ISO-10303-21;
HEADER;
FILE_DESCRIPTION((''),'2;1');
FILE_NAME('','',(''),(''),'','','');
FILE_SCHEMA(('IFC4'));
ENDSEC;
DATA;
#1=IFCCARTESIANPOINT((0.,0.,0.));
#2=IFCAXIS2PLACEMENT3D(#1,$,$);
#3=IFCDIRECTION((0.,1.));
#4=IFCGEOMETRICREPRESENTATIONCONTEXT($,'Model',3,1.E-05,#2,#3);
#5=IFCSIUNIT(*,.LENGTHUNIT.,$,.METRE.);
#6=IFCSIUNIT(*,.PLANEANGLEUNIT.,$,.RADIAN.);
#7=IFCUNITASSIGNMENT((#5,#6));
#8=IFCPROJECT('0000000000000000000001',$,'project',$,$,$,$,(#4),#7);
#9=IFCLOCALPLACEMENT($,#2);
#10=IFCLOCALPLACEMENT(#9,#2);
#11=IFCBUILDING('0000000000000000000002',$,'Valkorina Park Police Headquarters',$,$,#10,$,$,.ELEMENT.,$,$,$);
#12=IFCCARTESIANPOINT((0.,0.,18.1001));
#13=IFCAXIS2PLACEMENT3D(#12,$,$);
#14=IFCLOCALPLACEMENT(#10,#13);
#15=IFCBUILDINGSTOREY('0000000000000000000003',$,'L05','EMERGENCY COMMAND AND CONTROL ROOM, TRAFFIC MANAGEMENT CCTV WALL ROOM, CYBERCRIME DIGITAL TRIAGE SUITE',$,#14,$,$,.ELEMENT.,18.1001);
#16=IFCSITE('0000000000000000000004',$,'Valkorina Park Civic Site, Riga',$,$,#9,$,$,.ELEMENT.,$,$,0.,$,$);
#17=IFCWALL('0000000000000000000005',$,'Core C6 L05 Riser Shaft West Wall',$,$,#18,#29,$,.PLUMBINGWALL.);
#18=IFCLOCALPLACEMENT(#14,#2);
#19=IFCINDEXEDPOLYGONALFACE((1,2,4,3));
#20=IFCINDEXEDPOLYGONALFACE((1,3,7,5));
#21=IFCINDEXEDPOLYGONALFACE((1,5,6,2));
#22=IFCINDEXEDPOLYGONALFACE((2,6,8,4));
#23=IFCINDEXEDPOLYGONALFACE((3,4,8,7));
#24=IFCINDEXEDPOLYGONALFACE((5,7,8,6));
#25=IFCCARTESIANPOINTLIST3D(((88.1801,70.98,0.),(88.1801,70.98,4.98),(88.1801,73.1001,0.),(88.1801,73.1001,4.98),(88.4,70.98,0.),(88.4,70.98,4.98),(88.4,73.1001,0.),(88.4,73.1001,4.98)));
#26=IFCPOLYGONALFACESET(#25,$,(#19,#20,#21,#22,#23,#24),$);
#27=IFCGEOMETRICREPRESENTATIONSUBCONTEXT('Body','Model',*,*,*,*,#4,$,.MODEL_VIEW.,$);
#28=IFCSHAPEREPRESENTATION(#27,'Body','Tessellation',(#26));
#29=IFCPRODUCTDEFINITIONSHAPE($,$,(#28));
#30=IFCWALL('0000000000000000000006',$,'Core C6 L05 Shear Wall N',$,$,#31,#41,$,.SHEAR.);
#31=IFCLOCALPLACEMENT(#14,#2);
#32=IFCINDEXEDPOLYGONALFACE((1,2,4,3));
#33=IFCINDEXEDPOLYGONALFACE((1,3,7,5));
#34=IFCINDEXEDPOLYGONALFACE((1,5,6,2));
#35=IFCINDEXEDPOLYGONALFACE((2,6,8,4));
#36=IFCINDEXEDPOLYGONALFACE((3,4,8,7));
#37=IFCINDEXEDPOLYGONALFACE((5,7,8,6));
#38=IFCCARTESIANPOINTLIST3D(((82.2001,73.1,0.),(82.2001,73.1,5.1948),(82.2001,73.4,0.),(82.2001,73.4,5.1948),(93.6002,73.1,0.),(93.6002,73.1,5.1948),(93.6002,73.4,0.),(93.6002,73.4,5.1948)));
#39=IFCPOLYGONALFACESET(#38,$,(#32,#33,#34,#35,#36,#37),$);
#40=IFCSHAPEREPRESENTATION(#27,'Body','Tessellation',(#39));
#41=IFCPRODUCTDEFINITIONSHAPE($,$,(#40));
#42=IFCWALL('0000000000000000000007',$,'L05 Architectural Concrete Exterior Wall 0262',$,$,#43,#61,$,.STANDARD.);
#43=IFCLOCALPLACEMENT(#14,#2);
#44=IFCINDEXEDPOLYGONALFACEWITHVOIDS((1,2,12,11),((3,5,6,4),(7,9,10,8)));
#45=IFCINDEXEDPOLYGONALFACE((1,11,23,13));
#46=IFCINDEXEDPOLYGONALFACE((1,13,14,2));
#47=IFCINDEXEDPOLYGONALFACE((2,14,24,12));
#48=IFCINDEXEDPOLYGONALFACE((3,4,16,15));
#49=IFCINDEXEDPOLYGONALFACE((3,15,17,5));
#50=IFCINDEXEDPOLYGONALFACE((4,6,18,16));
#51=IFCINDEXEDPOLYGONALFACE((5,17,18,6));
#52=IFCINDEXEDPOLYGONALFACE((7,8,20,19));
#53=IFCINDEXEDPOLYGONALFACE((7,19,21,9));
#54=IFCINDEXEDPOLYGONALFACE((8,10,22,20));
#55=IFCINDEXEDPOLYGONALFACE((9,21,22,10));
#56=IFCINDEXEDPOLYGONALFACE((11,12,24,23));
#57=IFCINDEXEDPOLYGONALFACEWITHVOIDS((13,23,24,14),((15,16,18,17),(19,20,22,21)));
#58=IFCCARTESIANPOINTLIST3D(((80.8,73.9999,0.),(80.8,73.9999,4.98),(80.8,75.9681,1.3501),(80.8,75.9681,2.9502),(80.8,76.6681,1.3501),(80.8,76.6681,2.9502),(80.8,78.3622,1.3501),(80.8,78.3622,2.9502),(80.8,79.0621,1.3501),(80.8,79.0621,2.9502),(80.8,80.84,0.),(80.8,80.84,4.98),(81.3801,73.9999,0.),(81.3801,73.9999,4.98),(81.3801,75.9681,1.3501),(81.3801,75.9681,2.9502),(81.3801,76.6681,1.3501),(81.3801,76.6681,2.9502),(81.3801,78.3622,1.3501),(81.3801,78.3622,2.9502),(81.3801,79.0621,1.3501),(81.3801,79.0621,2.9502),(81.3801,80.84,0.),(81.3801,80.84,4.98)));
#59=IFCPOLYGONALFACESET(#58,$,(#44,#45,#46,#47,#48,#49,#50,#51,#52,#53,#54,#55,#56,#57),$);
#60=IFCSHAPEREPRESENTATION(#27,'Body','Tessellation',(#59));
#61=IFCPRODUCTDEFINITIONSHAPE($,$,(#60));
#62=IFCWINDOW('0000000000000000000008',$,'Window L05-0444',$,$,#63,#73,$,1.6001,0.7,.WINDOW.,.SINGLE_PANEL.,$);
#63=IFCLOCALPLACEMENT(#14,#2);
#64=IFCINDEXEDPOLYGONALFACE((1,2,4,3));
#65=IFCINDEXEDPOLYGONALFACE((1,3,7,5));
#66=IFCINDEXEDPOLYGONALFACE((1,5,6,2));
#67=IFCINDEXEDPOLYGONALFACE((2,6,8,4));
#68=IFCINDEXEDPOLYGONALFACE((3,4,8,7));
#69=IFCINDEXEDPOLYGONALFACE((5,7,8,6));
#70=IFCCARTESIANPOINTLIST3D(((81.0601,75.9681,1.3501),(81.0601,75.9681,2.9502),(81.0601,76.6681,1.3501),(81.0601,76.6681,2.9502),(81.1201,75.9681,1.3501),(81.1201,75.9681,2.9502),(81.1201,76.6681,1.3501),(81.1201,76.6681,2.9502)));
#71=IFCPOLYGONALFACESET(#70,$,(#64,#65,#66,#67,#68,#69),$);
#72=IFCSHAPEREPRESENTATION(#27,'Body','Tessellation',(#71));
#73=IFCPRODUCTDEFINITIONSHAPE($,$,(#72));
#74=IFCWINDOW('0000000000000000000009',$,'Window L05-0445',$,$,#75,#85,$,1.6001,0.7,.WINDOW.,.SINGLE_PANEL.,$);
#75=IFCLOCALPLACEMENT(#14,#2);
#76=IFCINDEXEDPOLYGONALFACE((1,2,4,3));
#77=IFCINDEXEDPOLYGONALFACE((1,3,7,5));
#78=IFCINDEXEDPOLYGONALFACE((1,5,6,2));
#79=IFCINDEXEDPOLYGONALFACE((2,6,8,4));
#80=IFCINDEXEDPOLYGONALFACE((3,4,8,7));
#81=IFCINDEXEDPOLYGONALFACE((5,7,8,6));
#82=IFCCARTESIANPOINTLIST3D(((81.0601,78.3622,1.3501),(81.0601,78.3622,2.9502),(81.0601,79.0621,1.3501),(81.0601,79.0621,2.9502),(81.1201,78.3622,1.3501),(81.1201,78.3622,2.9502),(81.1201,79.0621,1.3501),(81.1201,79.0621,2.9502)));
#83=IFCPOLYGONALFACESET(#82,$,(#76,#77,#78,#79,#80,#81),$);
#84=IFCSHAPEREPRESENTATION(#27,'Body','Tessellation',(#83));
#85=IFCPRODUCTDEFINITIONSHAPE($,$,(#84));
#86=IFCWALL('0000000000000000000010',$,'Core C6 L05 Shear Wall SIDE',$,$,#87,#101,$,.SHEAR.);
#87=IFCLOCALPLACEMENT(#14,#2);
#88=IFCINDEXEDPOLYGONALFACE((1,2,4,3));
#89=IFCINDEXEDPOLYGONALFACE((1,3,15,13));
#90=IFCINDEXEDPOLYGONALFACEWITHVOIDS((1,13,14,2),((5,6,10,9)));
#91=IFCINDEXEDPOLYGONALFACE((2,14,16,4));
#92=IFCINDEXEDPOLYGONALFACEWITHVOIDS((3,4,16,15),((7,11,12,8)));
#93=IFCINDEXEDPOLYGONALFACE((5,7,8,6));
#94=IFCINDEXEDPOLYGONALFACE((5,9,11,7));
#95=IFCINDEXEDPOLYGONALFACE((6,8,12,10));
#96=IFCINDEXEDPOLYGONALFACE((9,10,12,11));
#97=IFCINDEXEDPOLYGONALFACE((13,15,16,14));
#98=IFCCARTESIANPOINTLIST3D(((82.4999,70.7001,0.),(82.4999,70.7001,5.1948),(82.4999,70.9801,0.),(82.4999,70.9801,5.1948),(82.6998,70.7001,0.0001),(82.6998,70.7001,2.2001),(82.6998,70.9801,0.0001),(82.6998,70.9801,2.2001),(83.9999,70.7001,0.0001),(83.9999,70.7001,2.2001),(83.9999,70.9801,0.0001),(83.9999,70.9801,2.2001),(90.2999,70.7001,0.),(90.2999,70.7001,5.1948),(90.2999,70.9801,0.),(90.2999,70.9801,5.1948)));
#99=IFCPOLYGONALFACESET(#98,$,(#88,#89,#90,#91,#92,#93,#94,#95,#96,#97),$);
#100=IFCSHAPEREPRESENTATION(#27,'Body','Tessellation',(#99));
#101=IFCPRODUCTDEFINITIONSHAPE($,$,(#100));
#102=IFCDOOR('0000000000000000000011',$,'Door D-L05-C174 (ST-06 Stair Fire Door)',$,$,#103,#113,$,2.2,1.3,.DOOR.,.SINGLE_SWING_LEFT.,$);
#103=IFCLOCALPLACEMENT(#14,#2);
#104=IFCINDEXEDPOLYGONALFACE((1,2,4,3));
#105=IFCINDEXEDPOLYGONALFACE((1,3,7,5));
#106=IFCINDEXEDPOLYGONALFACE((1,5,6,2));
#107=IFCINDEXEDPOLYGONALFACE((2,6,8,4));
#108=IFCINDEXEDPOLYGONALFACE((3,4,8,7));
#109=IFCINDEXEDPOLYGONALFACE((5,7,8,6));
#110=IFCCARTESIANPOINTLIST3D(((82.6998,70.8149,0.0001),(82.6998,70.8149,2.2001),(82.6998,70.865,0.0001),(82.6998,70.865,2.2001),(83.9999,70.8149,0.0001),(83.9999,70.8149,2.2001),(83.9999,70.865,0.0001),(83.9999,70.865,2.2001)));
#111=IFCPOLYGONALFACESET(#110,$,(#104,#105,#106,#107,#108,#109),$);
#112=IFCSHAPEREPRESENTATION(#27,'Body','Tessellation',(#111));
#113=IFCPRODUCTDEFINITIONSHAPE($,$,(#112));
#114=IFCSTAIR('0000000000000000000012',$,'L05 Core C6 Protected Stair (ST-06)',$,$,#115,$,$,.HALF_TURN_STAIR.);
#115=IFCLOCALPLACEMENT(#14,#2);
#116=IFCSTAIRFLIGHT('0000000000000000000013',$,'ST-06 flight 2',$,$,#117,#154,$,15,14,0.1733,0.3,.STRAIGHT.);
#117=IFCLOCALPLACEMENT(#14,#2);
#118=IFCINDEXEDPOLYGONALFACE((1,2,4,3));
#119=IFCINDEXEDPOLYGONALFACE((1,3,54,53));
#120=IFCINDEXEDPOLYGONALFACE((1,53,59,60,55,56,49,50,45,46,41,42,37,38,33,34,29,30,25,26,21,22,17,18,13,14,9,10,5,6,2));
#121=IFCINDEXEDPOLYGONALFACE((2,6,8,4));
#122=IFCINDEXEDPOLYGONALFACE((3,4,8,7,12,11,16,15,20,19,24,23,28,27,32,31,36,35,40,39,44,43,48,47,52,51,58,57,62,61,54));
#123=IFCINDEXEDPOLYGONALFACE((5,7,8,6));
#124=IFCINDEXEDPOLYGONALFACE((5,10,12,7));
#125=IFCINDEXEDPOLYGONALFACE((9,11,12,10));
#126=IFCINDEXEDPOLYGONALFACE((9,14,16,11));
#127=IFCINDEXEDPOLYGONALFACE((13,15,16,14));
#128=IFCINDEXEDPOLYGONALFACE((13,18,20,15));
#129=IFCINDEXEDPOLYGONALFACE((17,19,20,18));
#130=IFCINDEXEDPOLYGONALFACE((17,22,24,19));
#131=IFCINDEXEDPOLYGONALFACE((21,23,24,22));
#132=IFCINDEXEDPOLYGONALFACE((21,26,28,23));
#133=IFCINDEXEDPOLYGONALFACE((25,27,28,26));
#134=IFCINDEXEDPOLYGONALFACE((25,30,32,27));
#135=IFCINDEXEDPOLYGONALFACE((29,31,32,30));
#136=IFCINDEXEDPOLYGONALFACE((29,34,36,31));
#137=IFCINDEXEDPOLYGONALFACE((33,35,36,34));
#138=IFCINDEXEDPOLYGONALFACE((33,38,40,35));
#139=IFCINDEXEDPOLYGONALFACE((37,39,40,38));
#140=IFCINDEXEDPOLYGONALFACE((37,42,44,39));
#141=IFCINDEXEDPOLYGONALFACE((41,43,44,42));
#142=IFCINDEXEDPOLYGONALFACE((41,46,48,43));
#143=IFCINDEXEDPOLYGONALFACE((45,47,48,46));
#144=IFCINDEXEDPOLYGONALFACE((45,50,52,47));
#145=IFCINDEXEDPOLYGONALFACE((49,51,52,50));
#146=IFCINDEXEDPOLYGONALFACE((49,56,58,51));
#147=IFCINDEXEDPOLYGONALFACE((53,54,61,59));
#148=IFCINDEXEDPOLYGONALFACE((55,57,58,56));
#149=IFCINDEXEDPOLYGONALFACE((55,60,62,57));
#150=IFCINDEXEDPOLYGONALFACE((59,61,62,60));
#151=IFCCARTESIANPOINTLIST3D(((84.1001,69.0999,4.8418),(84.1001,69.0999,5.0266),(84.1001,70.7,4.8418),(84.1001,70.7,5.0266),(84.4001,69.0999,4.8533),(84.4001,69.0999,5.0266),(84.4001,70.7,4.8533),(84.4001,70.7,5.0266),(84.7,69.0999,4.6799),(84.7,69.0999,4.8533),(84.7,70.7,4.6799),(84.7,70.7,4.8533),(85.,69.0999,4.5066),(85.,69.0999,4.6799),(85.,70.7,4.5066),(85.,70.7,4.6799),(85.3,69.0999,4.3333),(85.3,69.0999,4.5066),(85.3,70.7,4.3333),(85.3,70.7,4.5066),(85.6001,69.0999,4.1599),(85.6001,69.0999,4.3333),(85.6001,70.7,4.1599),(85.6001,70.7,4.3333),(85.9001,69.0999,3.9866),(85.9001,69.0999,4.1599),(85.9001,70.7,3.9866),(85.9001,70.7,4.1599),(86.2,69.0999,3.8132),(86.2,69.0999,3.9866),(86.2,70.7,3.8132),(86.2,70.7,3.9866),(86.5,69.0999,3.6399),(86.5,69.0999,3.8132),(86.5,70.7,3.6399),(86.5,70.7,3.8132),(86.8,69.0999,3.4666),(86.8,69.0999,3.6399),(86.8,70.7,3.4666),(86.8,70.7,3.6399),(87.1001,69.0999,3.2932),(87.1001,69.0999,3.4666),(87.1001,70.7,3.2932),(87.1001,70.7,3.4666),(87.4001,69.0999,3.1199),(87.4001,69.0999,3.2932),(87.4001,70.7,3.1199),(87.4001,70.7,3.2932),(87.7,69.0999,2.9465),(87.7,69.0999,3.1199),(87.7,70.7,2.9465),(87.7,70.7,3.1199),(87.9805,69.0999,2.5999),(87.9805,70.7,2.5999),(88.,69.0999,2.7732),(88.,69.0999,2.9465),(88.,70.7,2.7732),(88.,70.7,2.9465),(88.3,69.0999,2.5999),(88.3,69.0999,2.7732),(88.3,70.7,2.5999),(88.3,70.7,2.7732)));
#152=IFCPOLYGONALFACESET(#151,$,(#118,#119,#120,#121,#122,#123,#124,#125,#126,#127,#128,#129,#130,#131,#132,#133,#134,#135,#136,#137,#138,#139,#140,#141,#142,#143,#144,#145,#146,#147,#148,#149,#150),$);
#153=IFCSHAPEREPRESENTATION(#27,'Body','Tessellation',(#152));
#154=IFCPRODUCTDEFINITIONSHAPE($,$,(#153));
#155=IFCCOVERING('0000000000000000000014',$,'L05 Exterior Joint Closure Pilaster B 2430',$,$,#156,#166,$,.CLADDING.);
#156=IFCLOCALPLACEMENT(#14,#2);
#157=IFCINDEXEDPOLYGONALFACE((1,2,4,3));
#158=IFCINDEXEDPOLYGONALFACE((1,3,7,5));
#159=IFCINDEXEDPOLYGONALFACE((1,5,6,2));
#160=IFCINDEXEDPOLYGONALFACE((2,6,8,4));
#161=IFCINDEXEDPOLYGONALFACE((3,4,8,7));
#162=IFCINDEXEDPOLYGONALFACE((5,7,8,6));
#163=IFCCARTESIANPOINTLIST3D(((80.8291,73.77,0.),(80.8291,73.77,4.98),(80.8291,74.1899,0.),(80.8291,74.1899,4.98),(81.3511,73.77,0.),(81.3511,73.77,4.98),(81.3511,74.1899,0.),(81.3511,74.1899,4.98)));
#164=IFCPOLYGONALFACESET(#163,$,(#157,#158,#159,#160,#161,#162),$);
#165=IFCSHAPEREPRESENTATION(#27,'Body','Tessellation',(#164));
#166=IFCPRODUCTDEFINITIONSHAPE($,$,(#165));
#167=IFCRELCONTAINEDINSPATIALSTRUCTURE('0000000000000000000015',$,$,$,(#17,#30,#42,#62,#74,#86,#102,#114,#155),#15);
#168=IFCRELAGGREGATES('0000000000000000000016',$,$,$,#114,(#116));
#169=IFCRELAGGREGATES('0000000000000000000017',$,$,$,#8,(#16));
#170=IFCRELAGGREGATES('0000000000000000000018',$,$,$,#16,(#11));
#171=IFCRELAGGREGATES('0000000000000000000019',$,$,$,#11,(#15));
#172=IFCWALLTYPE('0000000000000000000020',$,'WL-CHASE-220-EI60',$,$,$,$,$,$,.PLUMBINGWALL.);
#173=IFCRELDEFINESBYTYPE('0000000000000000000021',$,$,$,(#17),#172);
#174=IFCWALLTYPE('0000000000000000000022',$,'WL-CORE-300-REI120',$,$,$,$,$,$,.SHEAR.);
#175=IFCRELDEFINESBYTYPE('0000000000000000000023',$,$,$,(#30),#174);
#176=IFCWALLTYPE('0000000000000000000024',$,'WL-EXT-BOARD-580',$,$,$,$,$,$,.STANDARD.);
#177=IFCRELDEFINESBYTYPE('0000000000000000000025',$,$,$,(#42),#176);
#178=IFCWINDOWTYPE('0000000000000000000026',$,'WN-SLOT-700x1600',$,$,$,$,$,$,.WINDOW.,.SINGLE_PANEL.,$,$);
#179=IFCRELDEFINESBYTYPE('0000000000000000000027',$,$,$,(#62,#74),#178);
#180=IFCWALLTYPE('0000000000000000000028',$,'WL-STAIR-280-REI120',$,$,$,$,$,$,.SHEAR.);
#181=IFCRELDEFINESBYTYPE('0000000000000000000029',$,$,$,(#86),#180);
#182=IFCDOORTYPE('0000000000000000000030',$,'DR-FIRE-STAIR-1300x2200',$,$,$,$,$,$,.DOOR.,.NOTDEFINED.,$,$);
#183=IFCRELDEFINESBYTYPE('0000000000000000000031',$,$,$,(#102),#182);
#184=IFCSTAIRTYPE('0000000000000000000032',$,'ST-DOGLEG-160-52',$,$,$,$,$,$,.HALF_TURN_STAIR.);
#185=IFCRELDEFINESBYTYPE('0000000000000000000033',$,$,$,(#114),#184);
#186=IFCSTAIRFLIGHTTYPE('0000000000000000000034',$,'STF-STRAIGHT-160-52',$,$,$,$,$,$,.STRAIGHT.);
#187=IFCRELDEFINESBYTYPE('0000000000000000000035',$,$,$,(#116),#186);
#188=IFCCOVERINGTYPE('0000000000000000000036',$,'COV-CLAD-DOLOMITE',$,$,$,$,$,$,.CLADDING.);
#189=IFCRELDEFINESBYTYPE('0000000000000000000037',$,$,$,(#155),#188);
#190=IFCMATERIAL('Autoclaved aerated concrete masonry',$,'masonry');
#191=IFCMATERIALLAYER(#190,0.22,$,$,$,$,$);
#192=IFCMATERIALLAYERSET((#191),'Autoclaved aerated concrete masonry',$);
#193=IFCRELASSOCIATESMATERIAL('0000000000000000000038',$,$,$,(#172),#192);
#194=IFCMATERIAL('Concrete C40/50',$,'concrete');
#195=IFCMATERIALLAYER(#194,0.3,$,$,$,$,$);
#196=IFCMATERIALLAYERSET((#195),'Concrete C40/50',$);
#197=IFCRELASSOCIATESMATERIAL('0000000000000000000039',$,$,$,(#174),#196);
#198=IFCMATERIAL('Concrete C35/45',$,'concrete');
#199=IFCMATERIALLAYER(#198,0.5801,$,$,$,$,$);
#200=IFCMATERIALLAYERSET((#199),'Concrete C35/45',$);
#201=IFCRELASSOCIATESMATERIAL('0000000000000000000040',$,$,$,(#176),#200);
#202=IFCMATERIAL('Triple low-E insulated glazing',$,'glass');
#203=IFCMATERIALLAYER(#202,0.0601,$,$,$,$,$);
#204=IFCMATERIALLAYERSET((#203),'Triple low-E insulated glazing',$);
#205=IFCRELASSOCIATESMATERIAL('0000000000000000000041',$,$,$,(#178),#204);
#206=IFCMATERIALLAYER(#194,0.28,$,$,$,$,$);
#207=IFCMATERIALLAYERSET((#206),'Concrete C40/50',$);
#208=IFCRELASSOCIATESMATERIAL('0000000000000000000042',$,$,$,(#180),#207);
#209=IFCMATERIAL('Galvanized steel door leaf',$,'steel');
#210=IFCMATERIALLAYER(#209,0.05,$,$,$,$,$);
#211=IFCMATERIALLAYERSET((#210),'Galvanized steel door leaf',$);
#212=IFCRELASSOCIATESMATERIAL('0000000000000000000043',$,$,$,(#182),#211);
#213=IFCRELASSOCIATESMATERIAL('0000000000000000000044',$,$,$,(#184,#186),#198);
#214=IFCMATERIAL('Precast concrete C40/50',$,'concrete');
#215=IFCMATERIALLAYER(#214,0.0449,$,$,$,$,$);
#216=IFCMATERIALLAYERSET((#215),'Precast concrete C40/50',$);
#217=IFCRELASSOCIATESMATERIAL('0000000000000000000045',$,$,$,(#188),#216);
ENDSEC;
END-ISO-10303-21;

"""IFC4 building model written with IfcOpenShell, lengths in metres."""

from ifc_helpers import new_model, si_unit, direction, frame, frame_2d, origin, origin_2d, place, context, subcontext, project, spatial, polyline, rectangle, outline, extrude, material, layer, layer_set, type_object, element, fill, aggregate, save


model = new_model("IFC4")

# Units and contexts
model_context = context("Model", 3, precision=1e-05, world=origin(), true_north=direction((0.0, 1.0)))
body_context = subcontext(model_context, "Body", "Model", "MODEL_VIEW")
ifc_project = project(units=[si_unit("LENGTHUNIT", "METRE"), si_unit("PLANEANGLEUNIT", "RADIAN")], contexts=[model_context])

# Site, building, storey
site_placement = place(None, origin())
site = spatial("IfcSite", under=ifc_project, at=site_placement, Name="Valkorina Park Civic Site, Riga", CompositionType="ELEMENT", RefElevation=0.0)
building_placement = place(site_placement, origin())
building = spatial("IfcBuilding", under=site, at=building_placement, Name="Valkorina Park Police Headquarters", CompositionType="ELEMENT")
storey_placement = place(building_placement, frame((0.0, 0.0, 18.1001)))
storey = spatial("IfcBuildingStorey", under=building, at=storey_placement, Name="L05", Description="EMERGENCY COMMAND AND CONTROL ROOM, TRAFFIC MANAGEMENT CCTV WALL ROOM, CYBERCRIME DIGITAL TRIAGE SUITE", CompositionType="ELEMENT", Elevation=18.1001)

# Walls
ifc_material_1 = material(Name="Autoclaved aerated concrete masonry", Category="masonry")
ifc_layer_1 = layer(ifc_material_1, 0.22)
ifc_layer_set_1 = layer_set([ifc_layer_1], Name="Autoclaved aerated concrete masonry")
wall_type_1 = type_object("IfcWallType", Name="WL-CHASE-220-EI60", PredefinedType="PLUMBINGWALL", material=ifc_layer_set_1)
wall_1_placement = place(storey_placement, frame((88.29, 70.98, 0.0), z_axis=(0.0, 0.0, 1.0), x_axis=(0.0, 1.0, 0.0)))
element("IfcWall", 1, at=wall_1_placement, inside=storey, type_object=wall_type_1, Name="Core C6 L05 Riser Shaft West Wall", PredefinedType="PLUMBINGWALL", context=body_context, shape_type="SweptSolid", body=[
    extrude(rectangle(XDim=2.1201, YDim=0.22, at=frame_2d((1.0601, 0.0))), origin(), (0.0, 0.0, 1.0), 4.98),
])
ifc_material_2 = material(Name="Concrete C40/50", Category="concrete")
ifc_layer_2 = layer(ifc_material_2, 0.3)
ifc_layer_set_2 = layer_set([ifc_layer_2], Name="Concrete C40/50")
wall_type_2 = type_object("IfcWallType", Name="WL-CORE-300-REI120", PredefinedType="SHEAR", material=ifc_layer_set_2)
wall_2_placement = place(storey_placement, frame((82.2, 73.25, 0.0), z_axis=(0.0, 0.0, 1.0), x_axis=(1.0, 0.0, 0.0)))
element("IfcWall", 2, at=wall_2_placement, inside=storey, type_object=wall_type_2, Name="Core C6 L05 Shear Wall N", PredefinedType="SHEAR", context=body_context, shape_type="SweptSolid", body=[
    extrude(rectangle(XDim=11.4001, YDim=0.3, at=frame_2d((5.7002, 0.0))), origin(), (0.0, 0.0, 1.0), 5.1948),
])

# Wall, openings, windows
ifc_material_3 = material(Name="Concrete C35/45", Category="concrete")
ifc_layer_3 = layer(ifc_material_3, 0.5801)
ifc_layer_set_3 = layer_set([ifc_layer_3], Name="Concrete C35/45")
wall_type_3 = type_object("IfcWallType", Name="WL-EXT-BOARD-580", PredefinedType="STANDARD", material=ifc_layer_set_3)
wall_3_placement = place(storey_placement, frame((81.0901, 74.0, 0.0), z_axis=(0.0, 0.0, 1.0), x_axis=(0.0, 1.0, 0.0)))
wall_3 = element("IfcWall", 3, at=wall_3_placement, inside=storey, type_object=wall_type_3, Name="L05 Architectural Concrete Exterior Wall 0262", PredefinedType="STANDARD", context=body_context, shape_type="SweptSolid", body=[
    extrude(rectangle(XDim=6.8401, YDim=0.5801, at=frame_2d((3.4199, 0.0))), origin(), (0.0, 0.0, 1.0), 4.98),
])
opening_1_placement = place(wall_3_placement, frame((1.968, 0.0, 1.3501)))
opening_1 = element("IfcOpeningElement", 4, at=opening_1_placement, cuts=wall_3, PredefinedType="OPENING", context=body_context, shape_type="SweptSolid", body=[
    extrude(rectangle(XDim=0.7, YDim=1.6001, at=frame_2d((0.3501, 0.8))), frame((0.0, 0.3, 0.0), z_axis=(0.0, -1.0, 0.0), x_axis=(1.0, 0.0, 0.0)), (0.0, 0.0, 1.0), 0.6001),
])
opening_2_placement = place(wall_3_placement, frame((4.3621, 0.0, 1.3501)))
opening_2 = element("IfcOpeningElement", 5, at=opening_2_placement, cuts=wall_3, PredefinedType="OPENING", context=body_context, shape_type="SweptSolid", body=[
    extrude(rectangle(XDim=0.7, YDim=1.6001, at=frame_2d((0.3501, 0.8))), frame((0.0, 0.3, 0.0), z_axis=(0.0, -1.0, 0.0), x_axis=(1.0, 0.0, 0.0)), (0.0, 0.0, 1.0), 0.6001),
])
ifc_material_4 = material(Name="Triple low-E insulated glazing", Category="glass")
ifc_layer_4 = layer(ifc_material_4, 0.0601)
ifc_layer_set_4 = layer_set([ifc_layer_4], Name="Triple low-E insulated glazing")
window_type = type_object("IfcWindowType", Name="WN-SLOT-700x1600", PartitioningType="SINGLE_PANEL", PredefinedType="WINDOW", material=ifc_layer_set_4)
window_1_placement = place(opening_1_placement, origin())
window_1 = element("IfcWindow", 6, at=window_1_placement, inside=storey, type_object=window_type, Name="Window L05-0444", OverallHeight=1.6001, OverallWidth=0.7, PartitioningType="SINGLE_PANEL", PredefinedType="WINDOW", context=body_context, shape_type="SweptSolid", body=[
    extrude(rectangle(XDim=0.7, YDim=1.6001, at=frame_2d((0.3501, 0.8))), frame((0.0, 0.03, 0.0), z_axis=(0.0, -1.0, 0.0), x_axis=(1.0, 0.0, 0.0)), (0.0, 0.0, 1.0), 0.0601),
])
fill(opening_1, window_1)
window_2_placement = place(opening_2_placement, origin())
window_2 = element("IfcWindow", 7, at=window_2_placement, inside=storey, type_object=window_type, Name="Window L05-0445", OverallHeight=1.6001, OverallWidth=0.7, PartitioningType="SINGLE_PANEL", PredefinedType="WINDOW", context=body_context, shape_type="SweptSolid", body=[
    extrude(rectangle(XDim=0.7, YDim=1.6001, at=frame_2d((0.3501, 0.8))), frame((0.0, 0.03, 0.0), z_axis=(0.0, -1.0, 0.0), x_axis=(1.0, 0.0, 0.0)), (0.0, 0.0, 1.0), 0.0601),
])
fill(opening_2, window_2)

# Wall, opening, door
ifc_layer_5 = layer(ifc_material_2, 0.28)
ifc_layer_set_5 = layer_set([ifc_layer_5], Name="Concrete C40/50")
wall_type_4 = type_object("IfcWallType", Name="WL-STAIR-280-REI120", PredefinedType="SHEAR", material=ifc_layer_set_5)
wall_4_placement = place(storey_placement, frame((82.5, 70.8401, 0.0), z_axis=(0.0, 0.0, 1.0), x_axis=(1.0, 0.0, 0.0)))
wall_4 = element("IfcWall", 8, at=wall_4_placement, inside=storey, type_object=wall_type_4, Name="Core C6 L05 Shear Wall SIDE", PredefinedType="SHEAR", context=body_context, shape_type="SweptSolid", body=[
    extrude(rectangle(XDim=7.8, YDim=0.28, at=frame_2d((3.8999, 0.0))), origin(), (0.0, 0.0, 1.0), 5.1948),
])
opening_3_placement = place(wall_4_placement, frame((0.2, 0.0, 0.0)))
opening_3 = element("IfcOpeningElement", 9, at=opening_3_placement, cuts=wall_4, PredefinedType="OPENING", context=body_context, shape_type="SweptSolid", body=[
    extrude(rectangle(XDim=1.3, YDim=2.2, at=frame_2d((0.6499, 1.1001))), frame((0.0, 0.1499, 0.0), z_axis=(0.0, -1.0, 0.0), x_axis=(1.0, 0.0, 0.0)), (0.0, 0.0, 1.0), 0.3),
])
ifc_material_5 = material(Name="Galvanized steel door leaf", Category="steel")
ifc_layer_6 = layer(ifc_material_5, 0.05)
ifc_layer_set_6 = layer_set([ifc_layer_6], Name="Galvanized steel door leaf")
door_type = type_object("IfcDoorType", Name="DR-FIRE-STAIR-1300x2200", OperationType="NOTDEFINED", PredefinedType="DOOR", material=ifc_layer_set_6)
door_placement = place(opening_3_placement, origin())
door = element("IfcDoor", 10, at=door_placement, inside=storey, type_object=door_type, Name="Door D-L05-C174 (ST-06 Stair Fire Door)", OperationType="SINGLE_SWING_LEFT", OverallHeight=2.2, OverallWidth=1.3, PredefinedType="DOOR", context=body_context, shape_type="SweptSolid", body=[
    extrude(rectangle(XDim=1.3, YDim=2.2, at=frame_2d((0.6499, 1.1001))), frame((0.0, 0.0249, 0.0), z_axis=(0.0, -1.0, 0.0), x_axis=(1.0, 0.0, 0.0)), (0.0, 0.0, 1.0), 0.05),
])
fill(opening_3, door)

# Stair, stair flight
stair_type = type_object("IfcStairType", Name="ST-DOGLEG-160-52", PredefinedType="HALF_TURN_STAIR", material=ifc_material_3)
stair_placement = place(storey_placement, origin())
stair = element("IfcStair", 11, at=stair_placement, inside=storey, type_object=stair_type, Name="L05 Core C6 Protected Stair (ST-06)", PredefinedType="HALF_TURN_STAIR")
stair_flight_type = type_object("IfcStairFlightType", Name="STF-STRAIGHT-160-52", PredefinedType="STRAIGHT", material=ifc_material_3)
stair_flight_placement = place(storey_placement, frame((88.3, 69.8999, 2.5999), z_axis=(0.0, 0.0, 1.0), x_axis=(-1.0, 0.0, 0.0)))
stair_flight = element("IfcStairFlight", 12, at=stair_flight_placement, type_object=stair_flight_type, Name="ST-06 flight 2", NumberOfRisers=15, NumberOfTreads=14, PredefinedType="STRAIGHT", RiserHeight=0.1733, TreadLength=0.3, context=body_context, shape_type="SweptSolid", body=[
    extrude(outline(polyline([(0.0, 0.0), (0.0, 0.1733), (0.3, 0.1733), (0.3, 0.3467), (0.6001, 0.3467), (0.6001, 0.52), (0.8999, 0.52), (0.8999, 0.6934), (1.2, 0.6934), (1.2, 0.8667), (1.5, 0.8667), (1.5, 1.04), (1.8, 1.04), (1.8, 1.2134), (2.1001, 1.2134), (2.1001, 1.3867), (2.3999, 1.3867), (2.3999, 1.5601), (2.7, 1.5601), (2.7, 1.7334), (3.0, 1.7334), (3.0, 1.9067), (3.3, 1.9067), (3.3, 2.0801), (3.6001, 2.0801), (3.6001, 2.2534), (3.8999, 2.2534), (3.8999, 2.4268), (4.2, 2.4268), (4.2, 2.6001), (4.2, 2.2419), (0.3196, 0.0), (0.0, 0.0)])), frame((0.0, 0.8, 0.0), z_axis=(0.0, -1.0, 0.0), x_axis=(1.0, 0.0, 0.0)), (0.0, 0.0, 1.0), 1.6001),
])
aggregate(stair, [stair_flight])

# Covering
ifc_material_6 = material(Name="Precast concrete C40/50", Category="concrete")
ifc_layer_7 = layer(ifc_material_6, 0.0449)
ifc_layer_set_7 = layer_set([ifc_layer_7], Name="Precast concrete C40/50")
covering_type = type_object("IfcCoveringType", Name="COV-CLAD-DOLOMITE", PredefinedType="CLADDING", material=ifc_layer_set_7)
covering_1_placement = place(storey_placement, frame((81.0901, 73.98, 0.0), z_axis=(0.0, 0.0, 1.0), x_axis=(0.0, 1.0, 0.0)))
element("IfcCovering", 13, at=covering_1_placement, inside=storey, type_object=covering_type, Name="L05 Exterior Joint Closure Pilaster B 2430", PredefinedType="CLADDING", context=body_context, shape_type="SweptSolid", body=[
    extrude(rectangle(XDim=0.4199, YDim=0.522, at=origin_2d()), origin(), (0.0, 0.0, 1.0), 4.98),
])

save(model, "model.ifc")
